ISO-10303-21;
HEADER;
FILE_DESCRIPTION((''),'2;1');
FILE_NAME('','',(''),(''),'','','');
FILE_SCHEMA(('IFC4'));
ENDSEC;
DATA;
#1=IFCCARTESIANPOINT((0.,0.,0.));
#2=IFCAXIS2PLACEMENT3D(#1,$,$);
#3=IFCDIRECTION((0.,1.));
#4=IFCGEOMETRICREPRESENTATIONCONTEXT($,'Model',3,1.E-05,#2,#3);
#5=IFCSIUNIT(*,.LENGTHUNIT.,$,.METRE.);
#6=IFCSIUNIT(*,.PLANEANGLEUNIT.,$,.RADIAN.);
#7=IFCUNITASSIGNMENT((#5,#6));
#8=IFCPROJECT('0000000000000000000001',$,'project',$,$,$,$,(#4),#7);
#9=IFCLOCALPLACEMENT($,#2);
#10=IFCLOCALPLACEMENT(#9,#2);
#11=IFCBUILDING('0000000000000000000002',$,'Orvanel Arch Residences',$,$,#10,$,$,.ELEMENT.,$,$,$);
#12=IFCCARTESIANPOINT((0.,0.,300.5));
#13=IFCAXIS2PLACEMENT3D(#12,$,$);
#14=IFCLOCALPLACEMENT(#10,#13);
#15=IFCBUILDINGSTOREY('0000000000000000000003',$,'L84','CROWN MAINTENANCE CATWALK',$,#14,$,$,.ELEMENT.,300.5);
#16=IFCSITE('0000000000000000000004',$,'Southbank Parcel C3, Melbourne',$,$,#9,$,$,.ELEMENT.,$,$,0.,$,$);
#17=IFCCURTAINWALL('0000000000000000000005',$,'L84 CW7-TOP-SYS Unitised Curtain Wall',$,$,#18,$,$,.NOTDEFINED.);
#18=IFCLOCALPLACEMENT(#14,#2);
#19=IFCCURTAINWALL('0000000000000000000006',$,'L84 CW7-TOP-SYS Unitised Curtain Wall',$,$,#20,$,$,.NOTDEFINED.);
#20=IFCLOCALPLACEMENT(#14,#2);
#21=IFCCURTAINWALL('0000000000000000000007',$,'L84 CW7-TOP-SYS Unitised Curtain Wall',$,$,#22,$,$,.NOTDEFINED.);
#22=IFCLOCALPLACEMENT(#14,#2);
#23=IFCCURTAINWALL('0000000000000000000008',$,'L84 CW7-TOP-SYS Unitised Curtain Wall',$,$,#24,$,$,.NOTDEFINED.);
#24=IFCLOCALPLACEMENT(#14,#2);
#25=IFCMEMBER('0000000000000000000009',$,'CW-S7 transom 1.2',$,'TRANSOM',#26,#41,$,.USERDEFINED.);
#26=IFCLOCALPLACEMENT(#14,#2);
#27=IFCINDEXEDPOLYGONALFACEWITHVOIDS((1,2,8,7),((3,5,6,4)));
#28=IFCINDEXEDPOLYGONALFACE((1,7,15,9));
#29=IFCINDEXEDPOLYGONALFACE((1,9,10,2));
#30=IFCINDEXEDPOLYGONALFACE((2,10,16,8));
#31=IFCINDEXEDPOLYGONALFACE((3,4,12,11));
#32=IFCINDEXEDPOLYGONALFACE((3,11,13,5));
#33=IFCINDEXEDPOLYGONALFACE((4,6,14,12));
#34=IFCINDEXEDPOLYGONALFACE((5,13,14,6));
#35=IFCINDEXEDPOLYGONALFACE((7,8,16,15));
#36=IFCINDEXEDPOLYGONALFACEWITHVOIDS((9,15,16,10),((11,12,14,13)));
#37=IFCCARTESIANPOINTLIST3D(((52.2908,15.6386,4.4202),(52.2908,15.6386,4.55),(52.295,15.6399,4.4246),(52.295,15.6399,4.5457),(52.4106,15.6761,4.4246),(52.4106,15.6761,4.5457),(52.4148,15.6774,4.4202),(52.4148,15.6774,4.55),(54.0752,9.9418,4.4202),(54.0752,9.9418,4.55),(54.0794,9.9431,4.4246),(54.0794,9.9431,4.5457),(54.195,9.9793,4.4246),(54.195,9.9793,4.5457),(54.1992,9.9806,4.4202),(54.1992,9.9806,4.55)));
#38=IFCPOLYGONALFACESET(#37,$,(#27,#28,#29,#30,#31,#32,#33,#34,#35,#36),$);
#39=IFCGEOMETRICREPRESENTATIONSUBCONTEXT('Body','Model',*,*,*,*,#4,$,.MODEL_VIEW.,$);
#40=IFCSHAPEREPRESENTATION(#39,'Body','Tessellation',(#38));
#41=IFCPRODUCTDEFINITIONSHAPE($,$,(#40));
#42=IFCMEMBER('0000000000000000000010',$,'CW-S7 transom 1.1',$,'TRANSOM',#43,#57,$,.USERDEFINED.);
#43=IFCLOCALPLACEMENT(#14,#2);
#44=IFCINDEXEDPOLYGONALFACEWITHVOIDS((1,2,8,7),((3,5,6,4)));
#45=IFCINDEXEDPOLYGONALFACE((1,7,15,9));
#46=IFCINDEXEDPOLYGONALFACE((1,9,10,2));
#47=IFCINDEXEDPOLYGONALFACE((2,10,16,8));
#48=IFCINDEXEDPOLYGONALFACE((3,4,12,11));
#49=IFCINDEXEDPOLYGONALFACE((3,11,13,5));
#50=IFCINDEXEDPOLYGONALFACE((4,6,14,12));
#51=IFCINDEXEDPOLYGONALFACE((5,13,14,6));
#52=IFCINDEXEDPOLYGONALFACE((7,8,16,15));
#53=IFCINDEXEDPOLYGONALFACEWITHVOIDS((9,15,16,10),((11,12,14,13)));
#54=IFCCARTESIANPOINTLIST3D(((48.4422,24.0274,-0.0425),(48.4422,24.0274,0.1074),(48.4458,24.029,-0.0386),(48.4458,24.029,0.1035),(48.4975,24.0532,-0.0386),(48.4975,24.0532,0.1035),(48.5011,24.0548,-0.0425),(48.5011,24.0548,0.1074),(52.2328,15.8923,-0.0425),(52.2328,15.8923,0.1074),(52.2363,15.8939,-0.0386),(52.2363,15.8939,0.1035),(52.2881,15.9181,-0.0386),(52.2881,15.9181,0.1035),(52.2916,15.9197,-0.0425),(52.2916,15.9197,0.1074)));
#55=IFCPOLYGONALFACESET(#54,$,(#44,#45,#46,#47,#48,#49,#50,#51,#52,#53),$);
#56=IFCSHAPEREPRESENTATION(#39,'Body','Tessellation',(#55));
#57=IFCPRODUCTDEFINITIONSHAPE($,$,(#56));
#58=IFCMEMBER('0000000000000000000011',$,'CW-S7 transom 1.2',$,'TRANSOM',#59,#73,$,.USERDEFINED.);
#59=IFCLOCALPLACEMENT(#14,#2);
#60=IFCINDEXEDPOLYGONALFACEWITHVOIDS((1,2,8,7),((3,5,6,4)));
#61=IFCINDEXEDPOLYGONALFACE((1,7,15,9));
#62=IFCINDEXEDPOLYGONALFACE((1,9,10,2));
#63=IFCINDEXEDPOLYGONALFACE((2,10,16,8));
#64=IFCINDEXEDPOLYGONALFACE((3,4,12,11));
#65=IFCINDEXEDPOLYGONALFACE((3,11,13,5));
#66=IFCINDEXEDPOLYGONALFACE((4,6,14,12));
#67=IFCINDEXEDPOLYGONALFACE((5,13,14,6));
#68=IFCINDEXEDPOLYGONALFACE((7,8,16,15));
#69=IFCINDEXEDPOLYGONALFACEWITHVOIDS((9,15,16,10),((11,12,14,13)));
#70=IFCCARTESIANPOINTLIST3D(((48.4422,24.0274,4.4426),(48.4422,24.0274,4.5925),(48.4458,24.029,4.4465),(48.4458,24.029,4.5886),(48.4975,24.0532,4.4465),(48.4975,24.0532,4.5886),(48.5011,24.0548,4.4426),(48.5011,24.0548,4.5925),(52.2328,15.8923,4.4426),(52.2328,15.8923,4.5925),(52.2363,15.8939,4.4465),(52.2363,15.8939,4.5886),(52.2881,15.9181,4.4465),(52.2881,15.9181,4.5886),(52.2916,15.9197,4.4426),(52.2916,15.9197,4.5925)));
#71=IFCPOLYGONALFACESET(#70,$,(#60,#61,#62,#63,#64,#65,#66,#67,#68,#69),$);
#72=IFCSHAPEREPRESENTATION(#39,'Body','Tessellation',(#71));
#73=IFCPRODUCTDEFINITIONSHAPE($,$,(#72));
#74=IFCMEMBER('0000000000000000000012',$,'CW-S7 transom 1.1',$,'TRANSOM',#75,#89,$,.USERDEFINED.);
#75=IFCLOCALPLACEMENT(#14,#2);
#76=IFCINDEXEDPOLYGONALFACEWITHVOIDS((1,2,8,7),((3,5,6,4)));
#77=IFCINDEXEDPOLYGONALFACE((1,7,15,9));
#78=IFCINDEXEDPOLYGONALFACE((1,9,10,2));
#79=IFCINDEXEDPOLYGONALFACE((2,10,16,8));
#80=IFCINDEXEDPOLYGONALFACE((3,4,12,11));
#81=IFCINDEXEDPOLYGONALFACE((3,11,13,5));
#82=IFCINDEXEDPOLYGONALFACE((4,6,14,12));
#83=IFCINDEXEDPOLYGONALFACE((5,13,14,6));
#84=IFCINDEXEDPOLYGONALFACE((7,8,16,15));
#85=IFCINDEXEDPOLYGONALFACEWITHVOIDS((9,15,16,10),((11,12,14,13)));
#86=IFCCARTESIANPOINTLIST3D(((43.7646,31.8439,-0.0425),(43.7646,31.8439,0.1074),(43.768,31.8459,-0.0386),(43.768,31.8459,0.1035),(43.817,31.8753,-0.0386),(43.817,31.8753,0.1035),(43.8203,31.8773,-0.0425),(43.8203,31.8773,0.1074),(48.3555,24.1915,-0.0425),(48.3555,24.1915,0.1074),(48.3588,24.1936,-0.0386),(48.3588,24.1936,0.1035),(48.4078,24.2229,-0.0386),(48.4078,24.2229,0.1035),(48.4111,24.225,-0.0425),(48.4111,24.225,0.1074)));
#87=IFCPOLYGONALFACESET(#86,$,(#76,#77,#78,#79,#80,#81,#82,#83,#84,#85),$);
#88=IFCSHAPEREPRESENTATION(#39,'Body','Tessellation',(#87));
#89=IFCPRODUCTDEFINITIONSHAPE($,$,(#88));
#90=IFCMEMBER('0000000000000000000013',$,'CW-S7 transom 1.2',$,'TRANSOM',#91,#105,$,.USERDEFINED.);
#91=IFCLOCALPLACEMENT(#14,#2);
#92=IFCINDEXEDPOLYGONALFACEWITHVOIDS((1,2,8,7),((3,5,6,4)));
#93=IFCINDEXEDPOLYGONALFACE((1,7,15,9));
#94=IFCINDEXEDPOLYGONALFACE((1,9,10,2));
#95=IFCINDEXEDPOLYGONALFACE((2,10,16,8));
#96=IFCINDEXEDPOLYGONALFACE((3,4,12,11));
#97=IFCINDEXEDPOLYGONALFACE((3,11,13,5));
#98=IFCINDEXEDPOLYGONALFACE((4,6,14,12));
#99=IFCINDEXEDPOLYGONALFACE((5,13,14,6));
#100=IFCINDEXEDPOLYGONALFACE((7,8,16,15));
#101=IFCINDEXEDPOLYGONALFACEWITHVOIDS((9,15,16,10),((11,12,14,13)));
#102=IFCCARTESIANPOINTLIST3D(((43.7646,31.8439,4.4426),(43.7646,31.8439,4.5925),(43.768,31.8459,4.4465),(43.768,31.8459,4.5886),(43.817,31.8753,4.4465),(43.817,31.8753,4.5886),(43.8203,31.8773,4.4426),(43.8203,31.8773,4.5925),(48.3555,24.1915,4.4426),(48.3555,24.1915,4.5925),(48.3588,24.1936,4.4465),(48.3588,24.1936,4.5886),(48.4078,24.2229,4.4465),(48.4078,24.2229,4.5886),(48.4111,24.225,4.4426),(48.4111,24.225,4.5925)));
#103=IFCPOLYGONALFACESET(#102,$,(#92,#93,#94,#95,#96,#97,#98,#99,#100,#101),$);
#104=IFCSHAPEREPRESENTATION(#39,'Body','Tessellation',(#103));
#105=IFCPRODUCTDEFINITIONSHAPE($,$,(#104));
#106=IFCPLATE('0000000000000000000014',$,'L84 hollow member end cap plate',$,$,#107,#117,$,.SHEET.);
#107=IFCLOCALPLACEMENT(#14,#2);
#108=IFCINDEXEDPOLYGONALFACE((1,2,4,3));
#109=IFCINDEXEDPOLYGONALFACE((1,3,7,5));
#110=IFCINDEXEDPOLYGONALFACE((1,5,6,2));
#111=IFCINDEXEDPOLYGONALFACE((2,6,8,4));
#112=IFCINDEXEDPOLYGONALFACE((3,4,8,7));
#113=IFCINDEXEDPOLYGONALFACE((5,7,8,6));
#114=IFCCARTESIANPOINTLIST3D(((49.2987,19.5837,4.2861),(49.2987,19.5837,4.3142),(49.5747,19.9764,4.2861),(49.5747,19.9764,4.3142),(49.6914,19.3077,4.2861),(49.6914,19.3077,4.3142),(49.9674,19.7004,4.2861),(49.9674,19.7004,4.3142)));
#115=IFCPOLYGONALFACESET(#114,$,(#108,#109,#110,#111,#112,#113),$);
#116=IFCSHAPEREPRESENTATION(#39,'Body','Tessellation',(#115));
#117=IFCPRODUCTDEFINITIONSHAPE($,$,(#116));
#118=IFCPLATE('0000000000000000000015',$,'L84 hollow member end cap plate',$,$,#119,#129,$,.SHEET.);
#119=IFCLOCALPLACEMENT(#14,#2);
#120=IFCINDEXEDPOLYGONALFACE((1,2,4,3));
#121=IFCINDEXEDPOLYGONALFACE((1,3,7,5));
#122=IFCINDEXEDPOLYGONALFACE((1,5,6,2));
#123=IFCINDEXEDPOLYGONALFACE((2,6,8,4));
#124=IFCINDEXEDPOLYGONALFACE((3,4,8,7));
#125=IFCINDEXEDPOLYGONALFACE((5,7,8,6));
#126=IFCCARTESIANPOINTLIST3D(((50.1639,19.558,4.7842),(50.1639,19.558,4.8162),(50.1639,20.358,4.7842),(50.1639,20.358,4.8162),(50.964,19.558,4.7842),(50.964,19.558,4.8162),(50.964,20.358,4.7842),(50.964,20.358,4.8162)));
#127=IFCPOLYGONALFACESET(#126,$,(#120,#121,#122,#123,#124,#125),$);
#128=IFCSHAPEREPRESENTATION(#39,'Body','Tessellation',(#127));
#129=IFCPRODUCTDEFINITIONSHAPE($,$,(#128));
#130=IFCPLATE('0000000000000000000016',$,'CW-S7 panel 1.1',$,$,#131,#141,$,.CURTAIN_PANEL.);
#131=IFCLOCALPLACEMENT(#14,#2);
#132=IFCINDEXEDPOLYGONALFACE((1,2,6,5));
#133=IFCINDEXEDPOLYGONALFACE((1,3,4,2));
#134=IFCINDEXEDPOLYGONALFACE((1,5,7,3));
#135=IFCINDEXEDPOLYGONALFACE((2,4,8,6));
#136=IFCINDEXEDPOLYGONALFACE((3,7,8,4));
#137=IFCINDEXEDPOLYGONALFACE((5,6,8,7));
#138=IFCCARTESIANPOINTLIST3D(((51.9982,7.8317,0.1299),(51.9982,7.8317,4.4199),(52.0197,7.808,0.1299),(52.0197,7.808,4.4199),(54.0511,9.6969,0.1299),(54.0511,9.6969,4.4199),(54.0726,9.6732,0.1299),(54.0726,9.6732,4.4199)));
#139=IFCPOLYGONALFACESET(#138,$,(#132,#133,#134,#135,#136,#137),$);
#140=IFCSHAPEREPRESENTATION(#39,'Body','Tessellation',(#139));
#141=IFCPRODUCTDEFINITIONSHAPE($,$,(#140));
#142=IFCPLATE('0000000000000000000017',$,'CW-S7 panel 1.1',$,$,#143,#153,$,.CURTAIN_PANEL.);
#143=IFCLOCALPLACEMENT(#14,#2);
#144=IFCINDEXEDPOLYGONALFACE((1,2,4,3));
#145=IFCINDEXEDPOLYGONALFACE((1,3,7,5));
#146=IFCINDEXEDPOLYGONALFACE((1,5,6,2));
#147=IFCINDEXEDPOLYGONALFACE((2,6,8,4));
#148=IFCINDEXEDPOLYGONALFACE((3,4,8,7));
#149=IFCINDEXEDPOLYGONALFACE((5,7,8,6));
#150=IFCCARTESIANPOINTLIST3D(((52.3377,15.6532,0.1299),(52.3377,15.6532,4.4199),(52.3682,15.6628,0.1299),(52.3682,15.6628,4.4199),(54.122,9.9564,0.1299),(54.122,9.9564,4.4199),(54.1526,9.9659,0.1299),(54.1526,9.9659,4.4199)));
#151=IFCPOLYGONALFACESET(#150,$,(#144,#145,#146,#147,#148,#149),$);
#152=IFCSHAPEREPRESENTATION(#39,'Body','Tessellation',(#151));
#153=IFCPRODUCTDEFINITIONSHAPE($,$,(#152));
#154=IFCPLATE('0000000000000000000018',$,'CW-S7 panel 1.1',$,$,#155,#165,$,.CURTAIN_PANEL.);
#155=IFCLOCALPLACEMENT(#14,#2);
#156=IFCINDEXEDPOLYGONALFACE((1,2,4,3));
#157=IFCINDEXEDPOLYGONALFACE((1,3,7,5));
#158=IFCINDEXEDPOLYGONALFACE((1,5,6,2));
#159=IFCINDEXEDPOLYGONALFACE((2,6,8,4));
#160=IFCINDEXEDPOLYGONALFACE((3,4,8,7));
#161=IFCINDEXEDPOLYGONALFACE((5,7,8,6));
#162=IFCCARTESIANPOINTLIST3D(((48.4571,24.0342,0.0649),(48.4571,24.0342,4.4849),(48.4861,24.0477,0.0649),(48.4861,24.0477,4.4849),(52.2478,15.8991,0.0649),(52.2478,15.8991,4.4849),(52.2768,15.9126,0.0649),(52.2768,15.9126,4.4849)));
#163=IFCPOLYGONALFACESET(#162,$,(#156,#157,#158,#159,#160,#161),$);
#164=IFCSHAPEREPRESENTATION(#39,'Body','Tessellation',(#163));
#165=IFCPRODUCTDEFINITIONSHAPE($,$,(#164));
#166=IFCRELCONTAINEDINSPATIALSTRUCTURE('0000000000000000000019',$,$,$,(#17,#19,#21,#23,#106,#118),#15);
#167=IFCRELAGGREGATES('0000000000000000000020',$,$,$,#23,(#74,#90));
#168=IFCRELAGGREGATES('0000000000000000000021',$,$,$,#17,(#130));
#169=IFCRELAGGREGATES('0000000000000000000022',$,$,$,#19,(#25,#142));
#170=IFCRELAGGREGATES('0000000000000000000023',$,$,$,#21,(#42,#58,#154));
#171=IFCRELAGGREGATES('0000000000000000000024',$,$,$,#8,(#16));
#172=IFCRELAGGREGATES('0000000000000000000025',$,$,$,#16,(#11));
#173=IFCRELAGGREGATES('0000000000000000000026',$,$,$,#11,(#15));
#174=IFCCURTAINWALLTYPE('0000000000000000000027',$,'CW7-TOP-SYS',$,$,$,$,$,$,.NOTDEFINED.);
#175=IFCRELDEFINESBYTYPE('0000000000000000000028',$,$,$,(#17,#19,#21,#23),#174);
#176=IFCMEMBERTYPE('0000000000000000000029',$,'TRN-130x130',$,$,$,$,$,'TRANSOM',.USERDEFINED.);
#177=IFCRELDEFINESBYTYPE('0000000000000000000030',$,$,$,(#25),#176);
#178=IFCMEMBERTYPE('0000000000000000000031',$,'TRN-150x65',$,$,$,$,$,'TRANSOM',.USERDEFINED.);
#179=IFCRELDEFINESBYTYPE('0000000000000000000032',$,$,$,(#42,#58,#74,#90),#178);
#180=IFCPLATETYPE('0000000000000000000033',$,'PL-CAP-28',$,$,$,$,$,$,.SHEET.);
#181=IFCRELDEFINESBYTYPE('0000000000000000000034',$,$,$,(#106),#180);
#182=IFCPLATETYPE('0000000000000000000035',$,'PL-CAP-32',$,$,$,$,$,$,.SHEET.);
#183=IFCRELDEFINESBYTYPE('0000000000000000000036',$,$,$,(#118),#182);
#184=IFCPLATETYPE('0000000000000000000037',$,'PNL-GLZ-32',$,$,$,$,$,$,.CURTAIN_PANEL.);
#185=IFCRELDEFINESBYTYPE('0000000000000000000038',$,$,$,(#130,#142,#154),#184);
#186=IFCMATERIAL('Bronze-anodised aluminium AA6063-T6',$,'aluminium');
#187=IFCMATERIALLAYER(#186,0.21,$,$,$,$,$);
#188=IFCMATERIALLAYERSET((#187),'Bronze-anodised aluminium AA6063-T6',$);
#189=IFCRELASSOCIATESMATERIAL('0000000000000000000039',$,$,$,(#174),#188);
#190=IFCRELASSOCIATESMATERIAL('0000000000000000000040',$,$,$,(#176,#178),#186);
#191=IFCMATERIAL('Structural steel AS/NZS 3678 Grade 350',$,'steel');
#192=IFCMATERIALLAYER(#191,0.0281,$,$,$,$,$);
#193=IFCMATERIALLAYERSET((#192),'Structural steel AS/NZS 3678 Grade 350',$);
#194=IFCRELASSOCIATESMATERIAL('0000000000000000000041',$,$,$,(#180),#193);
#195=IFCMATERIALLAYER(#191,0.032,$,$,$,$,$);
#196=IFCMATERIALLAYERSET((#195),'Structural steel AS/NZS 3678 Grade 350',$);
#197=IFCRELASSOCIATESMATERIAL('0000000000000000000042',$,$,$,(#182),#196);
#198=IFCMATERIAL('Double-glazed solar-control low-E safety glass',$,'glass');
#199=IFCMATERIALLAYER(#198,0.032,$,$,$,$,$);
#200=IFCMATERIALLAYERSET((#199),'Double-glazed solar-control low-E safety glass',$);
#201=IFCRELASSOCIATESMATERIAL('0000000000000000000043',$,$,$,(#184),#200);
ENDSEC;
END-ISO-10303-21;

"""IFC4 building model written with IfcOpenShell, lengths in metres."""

from ifc_helpers import new_model, si_unit, direction, frame, origin, origin_2d, place, context, subcontext, project, spatial, rectangle, hollow_rectangle, extrude, material, layer, layer_set, material_profile, profile_set, type_object, element, aggregate, save


model = new_model("IFC4")

# Units and contexts
model_context = context("Model", 3, precision=1e-05, world=origin(), true_north=direction((0.0, 1.0)))
body_context = subcontext(model_context, "Body", "Model", "MODEL_VIEW")
ifc_project = project(units=[si_unit("LENGTHUNIT", "METRE"), si_unit("PLANEANGLEUNIT", "RADIAN")], contexts=[model_context])

# Site, building, storey
site_placement = place(None, origin())
site = spatial("IfcSite", under=ifc_project, at=site_placement, Name="Southbank Parcel C3, Melbourne", CompositionType="ELEMENT", RefElevation=0.0)
building_placement = place(site_placement, origin())
building = spatial("IfcBuilding", under=site, at=building_placement, Name="Orvanel Arch Residences", CompositionType="ELEMENT")
storey_placement = place(building_placement, frame((0.0, 0.0, 300.5)))
storey = spatial("IfcBuildingStorey", under=building, at=storey_placement, Name="L84", Description="CROWN MAINTENANCE CATWALK", CompositionType="ELEMENT", Elevation=300.5)

# Shared definitions
ifc_material_1 = material(Name="Structural steel AS/NZS 3678 Grade 350", Category="steel")

# Curtain walls
ifc_material_2 = material(Name="Bronze-anodised aluminium AA6063-T6", Category="aluminium")
ifc_layer_1 = layer(ifc_material_2, 0.21)
ifc_layer_set_1 = layer_set([ifc_layer_1], Name="Bronze-anodised aluminium AA6063-T6")
curtain_wall_type = type_object("IfcCurtainWallType", Name="CW7-TOP-SYS", PredefinedType="NOTDEFINED", material=ifc_layer_set_1)
curtain_wall_1_placement = place(storey_placement, origin())
curtain_wall_1 = element("IfcCurtainWall", 1, at=curtain_wall_1_placement, inside=storey, type_object=curtain_wall_type, Name="L84 CW7-TOP-SYS Unitised Curtain Wall", PredefinedType="NOTDEFINED")
curtain_wall_2_placement = place(storey_placement, origin())
curtain_wall_2 = element("IfcCurtainWall", 2, at=curtain_wall_2_placement, inside=storey, type_object=curtain_wall_type, Name="L84 CW7-TOP-SYS Unitised Curtain Wall", PredefinedType="NOTDEFINED")

# Curtain wall
curtain_wall_3_placement = place(storey_placement, origin())
curtain_wall_3 = element("IfcCurtainWall", 3, at=curtain_wall_3_placement, inside=storey, type_object=curtain_wall_type, Name="L84 CW7-TOP-SYS Unitised Curtain Wall", PredefinedType="NOTDEFINED")

# Curtain wall
curtain_wall_4_placement = place(storey_placement, origin())
curtain_wall_4 = element("IfcCurtainWall", 4, at=curtain_wall_4_placement, inside=storey, type_object=curtain_wall_type, Name="L84 CW7-TOP-SYS Unitised Curtain Wall", PredefinedType="NOTDEFINED")

# Members
ifc_material_profile_1 = material_profile(ifc_material_2, hollow_rectangle(XDim=0.1299, YDim=0.1299, WallThickness=0.0044, at=origin_2d()), Name="ALU130x130x4.5")
ifc_profile_set_1 = profile_set([ifc_material_profile_1], Name="Bronze-anodised aluminium AA6063-T6")
member_type_1 = type_object("IfcMemberType", Name="TRN-130x130", ElementType="TRANSOM", PredefinedType="USERDEFINED", material=ifc_profile_set_1)
member_1_placement = place(storey_placement, frame((54.1372, 9.9612, 4.4851), z_axis=(-0.298913, 0.95428, 0.0), x_axis=(-0.95428, -0.298913, 0.0)))
member_1 = element("IfcMember", 5, at=member_1_placement, type_object=member_type_1, Name="CW-S7 transom 1.2", ObjectType="TRANSOM", PredefinedType="USERDEFINED", context=body_context, shape_type="SweptSolid", body=[
    extrude(hollow_rectangle(XDim=0.1299, YDim=0.1299, WallThickness=0.0044, at=origin_2d()), origin(), (0.0, 0.0, 1.0), 5.9697),
])
ifc_material_profile_2 = material_profile(ifc_material_2, hollow_rectangle(XDim=0.0649, YDim=0.1499, WallThickness=0.0039, at=origin_2d()), Name="ALU150x65x4")
ifc_profile_set_2 = profile_set([ifc_material_profile_2], Name="Bronze-anodised aluminium AA6063-T6")
member_type_2 = type_object("IfcMemberType", Name="TRN-150x65", ElementType="TRANSOM", PredefinedType="USERDEFINED", material=ifc_profile_set_2)
member_2_placement = place(storey_placement, frame((52.2622, 15.906, 0.0325), z_axis=(-0.422354, 0.906431, 0.0), x_axis=(-0.906431, -0.422354, 0.0)))
member_2 = element("IfcMember", 6, at=member_2_placement, type_object=member_type_2, Name="CW-S7 transom 1.1", ObjectType="TRANSOM", PredefinedType="USERDEFINED", context=body_context, shape_type="SweptSolid", body=[
    extrude(hollow_rectangle(XDim=0.0649, YDim=0.1499, WallThickness=0.0039, at=origin_2d()), origin(), (0.0, 0.0, 1.0), 8.9749),
])
member_3_placement = place(storey_placement, frame((52.2622, 15.906, 4.5176), z_axis=(-0.422354, 0.906431, 0.0), x_axis=(-0.906431, -0.422354, 0.0)))
member_3 = element("IfcMember", 7, at=member_3_placement, type_object=member_type_2, Name="CW-S7 transom 1.2", ObjectType="TRANSOM", PredefinedType="USERDEFINED", context=body_context, shape_type="SweptSolid", body=[
    extrude(hollow_rectangle(XDim=0.0649, YDim=0.1499, WallThickness=0.0039, at=origin_2d()), origin(), (0.0, 0.0, 1.0), 8.9749),
])
member_4_placement = place(storey_placement, frame((48.3833, 24.2083, 0.0325), z_axis=(-0.514447, 0.857522, 0.0), x_axis=(-0.857522, -0.514447, 0.0)))
member_4 = element("IfcMember", 8, at=member_4_placement, type_object=member_type_2, Name="CW-S7 transom 1.1", ObjectType="TRANSOM", PredefinedType="USERDEFINED", context=body_context, shape_type="SweptSolid", body=[
    extrude(hollow_rectangle(XDim=0.0649, YDim=0.1499, WallThickness=0.0039, at=origin_2d()), origin(), (0.0, 0.0, 1.0), 8.9238),
])
member_5_placement = place(storey_placement, frame((48.3833, 24.2083, 4.5176), z_axis=(-0.514447, 0.857522, 0.0), x_axis=(-0.857522, -0.514447, 0.0)))
member_5 = element("IfcMember", 9, at=member_5_placement, type_object=member_type_2, Name="CW-S7 transom 1.2", ObjectType="TRANSOM", PredefinedType="USERDEFINED", context=body_context, shape_type="SweptSolid", body=[
    extrude(hollow_rectangle(XDim=0.0649, YDim=0.1499, WallThickness=0.0039, at=origin_2d()), origin(), (0.0, 0.0, 1.0), 8.9238),
])
aggregate(curtain_wall_4, [member_4, member_5])

# Plates
ifc_layer_2 = layer(ifc_material_1, 0.0281)
ifc_layer_set_2 = layer_set([ifc_layer_2], Name="Structural steel AS/NZS 3678 Grade 350")
plate_type_1 = type_object("IfcPlateType", Name="PL-CAP-28", PredefinedType="SHEET", material=ifc_layer_set_2)
plate_1_placement = place(storey_placement, frame((49.6331, 19.6421, 4.2861), z_axis=(0.0, 0.0, 1.0), x_axis=(-0.81815, 0.575005, 0.0)))
element("IfcPlate", 10, at=plate_1_placement, inside=storey, type_object=plate_type_1, Name="L84 hollow member end cap plate", PredefinedType="SHEET", context=body_context, shape_type="SweptSolid", body=[
    extrude(rectangle(XDim=0.48, YDim=0.48, at=origin_2d()), origin(), (0.0, 0.0, 1.0), 0.0281),
])
ifc_layer_3 = layer(ifc_material_1, 0.032)
ifc_layer_set_3 = layer_set([ifc_layer_3], Name="Structural steel AS/NZS 3678 Grade 350")
plate_type_2 = type_object("IfcPlateType", Name="PL-CAP-32", PredefinedType="SHEET", material=ifc_layer_set_3)
plate_2_placement = place(storey_placement, frame((50.564, 19.958, 4.7842), z_axis=(0.0, 0.0, 1.0), x_axis=(1.0, 0.0, 0.0)))
element("IfcPlate", 11, at=plate_2_placement, inside=storey, type_object=plate_type_2, Name="L84 hollow member end cap plate", PredefinedType="SHEET", context=body_context, shape_type="SweptSolid", body=[
    extrude(rectangle(XDim=0.8, YDim=0.8, at=origin_2d()), origin(), (0.0, 0.0, 1.0), 0.032),
])

# Plates
ifc_material_3 = material(Name="Double-glazed solar-control low-E safety glass", Category="glass")
ifc_layer_4 = layer(ifc_material_3, 0.032)
ifc_layer_set_4 = layer_set([ifc_layer_4], Name="Double-glazed solar-control low-E safety glass")
plate_type_3 = type_object("IfcPlateType", Name="PNL-GLZ-32", PredefinedType="CURTAIN_PANEL", material=ifc_layer_set_4)
plate_3_placement = place(storey_placement, frame((53.0354, 8.7524, 0.1299), z_axis=(0.0, 0.0, 1.0), x_axis=(0.740131, 0.672462, 0.0)))
plate_3 = element("IfcPlate", 12, at=plate_3_placement, type_object=plate_type_3, Name="CW-S7 panel 1.1", PredefinedType="CURTAIN_PANEL", context=body_context, shape_type="SweptSolid", body=[
    extrude(rectangle(XDim=2.7737, YDim=0.032, at=origin_2d()), origin(), (0.0, 0.0, 1.0), 4.29),
])
aggregate(curtain_wall_1, [plate_3])
plate_4_placement = place(storey_placement, frame((53.2451, 12.8096, 0.1299), z_axis=(0.0, 0.0, 1.0), x_axis=(-0.298902, 0.954284, 0.0)))
plate_4 = element("IfcPlate", 13, at=plate_4_placement, type_object=plate_type_3, Name="CW-S7 panel 1.1", PredefinedType="CURTAIN_PANEL", context=body_context, shape_type="SweptSolid", body=[
    extrude(rectangle(XDim=5.9697, YDim=0.032, at=origin_2d()), origin(), (0.0, 0.0, 1.0), 4.29),
])
aggregate(curtain_wall_2, [member_1, plate_4])
plate_5_placement = place(storey_placement, frame((50.3669, 19.9734, 0.0649), z_axis=(0.0, 0.0, 1.0), x_axis=(-0.422363, 0.906427, 0.0)))
plate_5 = element("IfcPlate", 14, at=plate_5_placement, type_object=plate_type_3, Name="CW-S7 panel 1.1", PredefinedType="CURTAIN_PANEL", context=body_context, shape_type="SweptSolid", body=[
    extrude(rectangle(XDim=8.9749, YDim=0.032, at=origin_2d()), origin(), (0.0, 0.0, 1.0), 4.4199),
])
aggregate(curtain_wall_3, [member_2, member_3, plate_5])

save(model, "model.ifc")
